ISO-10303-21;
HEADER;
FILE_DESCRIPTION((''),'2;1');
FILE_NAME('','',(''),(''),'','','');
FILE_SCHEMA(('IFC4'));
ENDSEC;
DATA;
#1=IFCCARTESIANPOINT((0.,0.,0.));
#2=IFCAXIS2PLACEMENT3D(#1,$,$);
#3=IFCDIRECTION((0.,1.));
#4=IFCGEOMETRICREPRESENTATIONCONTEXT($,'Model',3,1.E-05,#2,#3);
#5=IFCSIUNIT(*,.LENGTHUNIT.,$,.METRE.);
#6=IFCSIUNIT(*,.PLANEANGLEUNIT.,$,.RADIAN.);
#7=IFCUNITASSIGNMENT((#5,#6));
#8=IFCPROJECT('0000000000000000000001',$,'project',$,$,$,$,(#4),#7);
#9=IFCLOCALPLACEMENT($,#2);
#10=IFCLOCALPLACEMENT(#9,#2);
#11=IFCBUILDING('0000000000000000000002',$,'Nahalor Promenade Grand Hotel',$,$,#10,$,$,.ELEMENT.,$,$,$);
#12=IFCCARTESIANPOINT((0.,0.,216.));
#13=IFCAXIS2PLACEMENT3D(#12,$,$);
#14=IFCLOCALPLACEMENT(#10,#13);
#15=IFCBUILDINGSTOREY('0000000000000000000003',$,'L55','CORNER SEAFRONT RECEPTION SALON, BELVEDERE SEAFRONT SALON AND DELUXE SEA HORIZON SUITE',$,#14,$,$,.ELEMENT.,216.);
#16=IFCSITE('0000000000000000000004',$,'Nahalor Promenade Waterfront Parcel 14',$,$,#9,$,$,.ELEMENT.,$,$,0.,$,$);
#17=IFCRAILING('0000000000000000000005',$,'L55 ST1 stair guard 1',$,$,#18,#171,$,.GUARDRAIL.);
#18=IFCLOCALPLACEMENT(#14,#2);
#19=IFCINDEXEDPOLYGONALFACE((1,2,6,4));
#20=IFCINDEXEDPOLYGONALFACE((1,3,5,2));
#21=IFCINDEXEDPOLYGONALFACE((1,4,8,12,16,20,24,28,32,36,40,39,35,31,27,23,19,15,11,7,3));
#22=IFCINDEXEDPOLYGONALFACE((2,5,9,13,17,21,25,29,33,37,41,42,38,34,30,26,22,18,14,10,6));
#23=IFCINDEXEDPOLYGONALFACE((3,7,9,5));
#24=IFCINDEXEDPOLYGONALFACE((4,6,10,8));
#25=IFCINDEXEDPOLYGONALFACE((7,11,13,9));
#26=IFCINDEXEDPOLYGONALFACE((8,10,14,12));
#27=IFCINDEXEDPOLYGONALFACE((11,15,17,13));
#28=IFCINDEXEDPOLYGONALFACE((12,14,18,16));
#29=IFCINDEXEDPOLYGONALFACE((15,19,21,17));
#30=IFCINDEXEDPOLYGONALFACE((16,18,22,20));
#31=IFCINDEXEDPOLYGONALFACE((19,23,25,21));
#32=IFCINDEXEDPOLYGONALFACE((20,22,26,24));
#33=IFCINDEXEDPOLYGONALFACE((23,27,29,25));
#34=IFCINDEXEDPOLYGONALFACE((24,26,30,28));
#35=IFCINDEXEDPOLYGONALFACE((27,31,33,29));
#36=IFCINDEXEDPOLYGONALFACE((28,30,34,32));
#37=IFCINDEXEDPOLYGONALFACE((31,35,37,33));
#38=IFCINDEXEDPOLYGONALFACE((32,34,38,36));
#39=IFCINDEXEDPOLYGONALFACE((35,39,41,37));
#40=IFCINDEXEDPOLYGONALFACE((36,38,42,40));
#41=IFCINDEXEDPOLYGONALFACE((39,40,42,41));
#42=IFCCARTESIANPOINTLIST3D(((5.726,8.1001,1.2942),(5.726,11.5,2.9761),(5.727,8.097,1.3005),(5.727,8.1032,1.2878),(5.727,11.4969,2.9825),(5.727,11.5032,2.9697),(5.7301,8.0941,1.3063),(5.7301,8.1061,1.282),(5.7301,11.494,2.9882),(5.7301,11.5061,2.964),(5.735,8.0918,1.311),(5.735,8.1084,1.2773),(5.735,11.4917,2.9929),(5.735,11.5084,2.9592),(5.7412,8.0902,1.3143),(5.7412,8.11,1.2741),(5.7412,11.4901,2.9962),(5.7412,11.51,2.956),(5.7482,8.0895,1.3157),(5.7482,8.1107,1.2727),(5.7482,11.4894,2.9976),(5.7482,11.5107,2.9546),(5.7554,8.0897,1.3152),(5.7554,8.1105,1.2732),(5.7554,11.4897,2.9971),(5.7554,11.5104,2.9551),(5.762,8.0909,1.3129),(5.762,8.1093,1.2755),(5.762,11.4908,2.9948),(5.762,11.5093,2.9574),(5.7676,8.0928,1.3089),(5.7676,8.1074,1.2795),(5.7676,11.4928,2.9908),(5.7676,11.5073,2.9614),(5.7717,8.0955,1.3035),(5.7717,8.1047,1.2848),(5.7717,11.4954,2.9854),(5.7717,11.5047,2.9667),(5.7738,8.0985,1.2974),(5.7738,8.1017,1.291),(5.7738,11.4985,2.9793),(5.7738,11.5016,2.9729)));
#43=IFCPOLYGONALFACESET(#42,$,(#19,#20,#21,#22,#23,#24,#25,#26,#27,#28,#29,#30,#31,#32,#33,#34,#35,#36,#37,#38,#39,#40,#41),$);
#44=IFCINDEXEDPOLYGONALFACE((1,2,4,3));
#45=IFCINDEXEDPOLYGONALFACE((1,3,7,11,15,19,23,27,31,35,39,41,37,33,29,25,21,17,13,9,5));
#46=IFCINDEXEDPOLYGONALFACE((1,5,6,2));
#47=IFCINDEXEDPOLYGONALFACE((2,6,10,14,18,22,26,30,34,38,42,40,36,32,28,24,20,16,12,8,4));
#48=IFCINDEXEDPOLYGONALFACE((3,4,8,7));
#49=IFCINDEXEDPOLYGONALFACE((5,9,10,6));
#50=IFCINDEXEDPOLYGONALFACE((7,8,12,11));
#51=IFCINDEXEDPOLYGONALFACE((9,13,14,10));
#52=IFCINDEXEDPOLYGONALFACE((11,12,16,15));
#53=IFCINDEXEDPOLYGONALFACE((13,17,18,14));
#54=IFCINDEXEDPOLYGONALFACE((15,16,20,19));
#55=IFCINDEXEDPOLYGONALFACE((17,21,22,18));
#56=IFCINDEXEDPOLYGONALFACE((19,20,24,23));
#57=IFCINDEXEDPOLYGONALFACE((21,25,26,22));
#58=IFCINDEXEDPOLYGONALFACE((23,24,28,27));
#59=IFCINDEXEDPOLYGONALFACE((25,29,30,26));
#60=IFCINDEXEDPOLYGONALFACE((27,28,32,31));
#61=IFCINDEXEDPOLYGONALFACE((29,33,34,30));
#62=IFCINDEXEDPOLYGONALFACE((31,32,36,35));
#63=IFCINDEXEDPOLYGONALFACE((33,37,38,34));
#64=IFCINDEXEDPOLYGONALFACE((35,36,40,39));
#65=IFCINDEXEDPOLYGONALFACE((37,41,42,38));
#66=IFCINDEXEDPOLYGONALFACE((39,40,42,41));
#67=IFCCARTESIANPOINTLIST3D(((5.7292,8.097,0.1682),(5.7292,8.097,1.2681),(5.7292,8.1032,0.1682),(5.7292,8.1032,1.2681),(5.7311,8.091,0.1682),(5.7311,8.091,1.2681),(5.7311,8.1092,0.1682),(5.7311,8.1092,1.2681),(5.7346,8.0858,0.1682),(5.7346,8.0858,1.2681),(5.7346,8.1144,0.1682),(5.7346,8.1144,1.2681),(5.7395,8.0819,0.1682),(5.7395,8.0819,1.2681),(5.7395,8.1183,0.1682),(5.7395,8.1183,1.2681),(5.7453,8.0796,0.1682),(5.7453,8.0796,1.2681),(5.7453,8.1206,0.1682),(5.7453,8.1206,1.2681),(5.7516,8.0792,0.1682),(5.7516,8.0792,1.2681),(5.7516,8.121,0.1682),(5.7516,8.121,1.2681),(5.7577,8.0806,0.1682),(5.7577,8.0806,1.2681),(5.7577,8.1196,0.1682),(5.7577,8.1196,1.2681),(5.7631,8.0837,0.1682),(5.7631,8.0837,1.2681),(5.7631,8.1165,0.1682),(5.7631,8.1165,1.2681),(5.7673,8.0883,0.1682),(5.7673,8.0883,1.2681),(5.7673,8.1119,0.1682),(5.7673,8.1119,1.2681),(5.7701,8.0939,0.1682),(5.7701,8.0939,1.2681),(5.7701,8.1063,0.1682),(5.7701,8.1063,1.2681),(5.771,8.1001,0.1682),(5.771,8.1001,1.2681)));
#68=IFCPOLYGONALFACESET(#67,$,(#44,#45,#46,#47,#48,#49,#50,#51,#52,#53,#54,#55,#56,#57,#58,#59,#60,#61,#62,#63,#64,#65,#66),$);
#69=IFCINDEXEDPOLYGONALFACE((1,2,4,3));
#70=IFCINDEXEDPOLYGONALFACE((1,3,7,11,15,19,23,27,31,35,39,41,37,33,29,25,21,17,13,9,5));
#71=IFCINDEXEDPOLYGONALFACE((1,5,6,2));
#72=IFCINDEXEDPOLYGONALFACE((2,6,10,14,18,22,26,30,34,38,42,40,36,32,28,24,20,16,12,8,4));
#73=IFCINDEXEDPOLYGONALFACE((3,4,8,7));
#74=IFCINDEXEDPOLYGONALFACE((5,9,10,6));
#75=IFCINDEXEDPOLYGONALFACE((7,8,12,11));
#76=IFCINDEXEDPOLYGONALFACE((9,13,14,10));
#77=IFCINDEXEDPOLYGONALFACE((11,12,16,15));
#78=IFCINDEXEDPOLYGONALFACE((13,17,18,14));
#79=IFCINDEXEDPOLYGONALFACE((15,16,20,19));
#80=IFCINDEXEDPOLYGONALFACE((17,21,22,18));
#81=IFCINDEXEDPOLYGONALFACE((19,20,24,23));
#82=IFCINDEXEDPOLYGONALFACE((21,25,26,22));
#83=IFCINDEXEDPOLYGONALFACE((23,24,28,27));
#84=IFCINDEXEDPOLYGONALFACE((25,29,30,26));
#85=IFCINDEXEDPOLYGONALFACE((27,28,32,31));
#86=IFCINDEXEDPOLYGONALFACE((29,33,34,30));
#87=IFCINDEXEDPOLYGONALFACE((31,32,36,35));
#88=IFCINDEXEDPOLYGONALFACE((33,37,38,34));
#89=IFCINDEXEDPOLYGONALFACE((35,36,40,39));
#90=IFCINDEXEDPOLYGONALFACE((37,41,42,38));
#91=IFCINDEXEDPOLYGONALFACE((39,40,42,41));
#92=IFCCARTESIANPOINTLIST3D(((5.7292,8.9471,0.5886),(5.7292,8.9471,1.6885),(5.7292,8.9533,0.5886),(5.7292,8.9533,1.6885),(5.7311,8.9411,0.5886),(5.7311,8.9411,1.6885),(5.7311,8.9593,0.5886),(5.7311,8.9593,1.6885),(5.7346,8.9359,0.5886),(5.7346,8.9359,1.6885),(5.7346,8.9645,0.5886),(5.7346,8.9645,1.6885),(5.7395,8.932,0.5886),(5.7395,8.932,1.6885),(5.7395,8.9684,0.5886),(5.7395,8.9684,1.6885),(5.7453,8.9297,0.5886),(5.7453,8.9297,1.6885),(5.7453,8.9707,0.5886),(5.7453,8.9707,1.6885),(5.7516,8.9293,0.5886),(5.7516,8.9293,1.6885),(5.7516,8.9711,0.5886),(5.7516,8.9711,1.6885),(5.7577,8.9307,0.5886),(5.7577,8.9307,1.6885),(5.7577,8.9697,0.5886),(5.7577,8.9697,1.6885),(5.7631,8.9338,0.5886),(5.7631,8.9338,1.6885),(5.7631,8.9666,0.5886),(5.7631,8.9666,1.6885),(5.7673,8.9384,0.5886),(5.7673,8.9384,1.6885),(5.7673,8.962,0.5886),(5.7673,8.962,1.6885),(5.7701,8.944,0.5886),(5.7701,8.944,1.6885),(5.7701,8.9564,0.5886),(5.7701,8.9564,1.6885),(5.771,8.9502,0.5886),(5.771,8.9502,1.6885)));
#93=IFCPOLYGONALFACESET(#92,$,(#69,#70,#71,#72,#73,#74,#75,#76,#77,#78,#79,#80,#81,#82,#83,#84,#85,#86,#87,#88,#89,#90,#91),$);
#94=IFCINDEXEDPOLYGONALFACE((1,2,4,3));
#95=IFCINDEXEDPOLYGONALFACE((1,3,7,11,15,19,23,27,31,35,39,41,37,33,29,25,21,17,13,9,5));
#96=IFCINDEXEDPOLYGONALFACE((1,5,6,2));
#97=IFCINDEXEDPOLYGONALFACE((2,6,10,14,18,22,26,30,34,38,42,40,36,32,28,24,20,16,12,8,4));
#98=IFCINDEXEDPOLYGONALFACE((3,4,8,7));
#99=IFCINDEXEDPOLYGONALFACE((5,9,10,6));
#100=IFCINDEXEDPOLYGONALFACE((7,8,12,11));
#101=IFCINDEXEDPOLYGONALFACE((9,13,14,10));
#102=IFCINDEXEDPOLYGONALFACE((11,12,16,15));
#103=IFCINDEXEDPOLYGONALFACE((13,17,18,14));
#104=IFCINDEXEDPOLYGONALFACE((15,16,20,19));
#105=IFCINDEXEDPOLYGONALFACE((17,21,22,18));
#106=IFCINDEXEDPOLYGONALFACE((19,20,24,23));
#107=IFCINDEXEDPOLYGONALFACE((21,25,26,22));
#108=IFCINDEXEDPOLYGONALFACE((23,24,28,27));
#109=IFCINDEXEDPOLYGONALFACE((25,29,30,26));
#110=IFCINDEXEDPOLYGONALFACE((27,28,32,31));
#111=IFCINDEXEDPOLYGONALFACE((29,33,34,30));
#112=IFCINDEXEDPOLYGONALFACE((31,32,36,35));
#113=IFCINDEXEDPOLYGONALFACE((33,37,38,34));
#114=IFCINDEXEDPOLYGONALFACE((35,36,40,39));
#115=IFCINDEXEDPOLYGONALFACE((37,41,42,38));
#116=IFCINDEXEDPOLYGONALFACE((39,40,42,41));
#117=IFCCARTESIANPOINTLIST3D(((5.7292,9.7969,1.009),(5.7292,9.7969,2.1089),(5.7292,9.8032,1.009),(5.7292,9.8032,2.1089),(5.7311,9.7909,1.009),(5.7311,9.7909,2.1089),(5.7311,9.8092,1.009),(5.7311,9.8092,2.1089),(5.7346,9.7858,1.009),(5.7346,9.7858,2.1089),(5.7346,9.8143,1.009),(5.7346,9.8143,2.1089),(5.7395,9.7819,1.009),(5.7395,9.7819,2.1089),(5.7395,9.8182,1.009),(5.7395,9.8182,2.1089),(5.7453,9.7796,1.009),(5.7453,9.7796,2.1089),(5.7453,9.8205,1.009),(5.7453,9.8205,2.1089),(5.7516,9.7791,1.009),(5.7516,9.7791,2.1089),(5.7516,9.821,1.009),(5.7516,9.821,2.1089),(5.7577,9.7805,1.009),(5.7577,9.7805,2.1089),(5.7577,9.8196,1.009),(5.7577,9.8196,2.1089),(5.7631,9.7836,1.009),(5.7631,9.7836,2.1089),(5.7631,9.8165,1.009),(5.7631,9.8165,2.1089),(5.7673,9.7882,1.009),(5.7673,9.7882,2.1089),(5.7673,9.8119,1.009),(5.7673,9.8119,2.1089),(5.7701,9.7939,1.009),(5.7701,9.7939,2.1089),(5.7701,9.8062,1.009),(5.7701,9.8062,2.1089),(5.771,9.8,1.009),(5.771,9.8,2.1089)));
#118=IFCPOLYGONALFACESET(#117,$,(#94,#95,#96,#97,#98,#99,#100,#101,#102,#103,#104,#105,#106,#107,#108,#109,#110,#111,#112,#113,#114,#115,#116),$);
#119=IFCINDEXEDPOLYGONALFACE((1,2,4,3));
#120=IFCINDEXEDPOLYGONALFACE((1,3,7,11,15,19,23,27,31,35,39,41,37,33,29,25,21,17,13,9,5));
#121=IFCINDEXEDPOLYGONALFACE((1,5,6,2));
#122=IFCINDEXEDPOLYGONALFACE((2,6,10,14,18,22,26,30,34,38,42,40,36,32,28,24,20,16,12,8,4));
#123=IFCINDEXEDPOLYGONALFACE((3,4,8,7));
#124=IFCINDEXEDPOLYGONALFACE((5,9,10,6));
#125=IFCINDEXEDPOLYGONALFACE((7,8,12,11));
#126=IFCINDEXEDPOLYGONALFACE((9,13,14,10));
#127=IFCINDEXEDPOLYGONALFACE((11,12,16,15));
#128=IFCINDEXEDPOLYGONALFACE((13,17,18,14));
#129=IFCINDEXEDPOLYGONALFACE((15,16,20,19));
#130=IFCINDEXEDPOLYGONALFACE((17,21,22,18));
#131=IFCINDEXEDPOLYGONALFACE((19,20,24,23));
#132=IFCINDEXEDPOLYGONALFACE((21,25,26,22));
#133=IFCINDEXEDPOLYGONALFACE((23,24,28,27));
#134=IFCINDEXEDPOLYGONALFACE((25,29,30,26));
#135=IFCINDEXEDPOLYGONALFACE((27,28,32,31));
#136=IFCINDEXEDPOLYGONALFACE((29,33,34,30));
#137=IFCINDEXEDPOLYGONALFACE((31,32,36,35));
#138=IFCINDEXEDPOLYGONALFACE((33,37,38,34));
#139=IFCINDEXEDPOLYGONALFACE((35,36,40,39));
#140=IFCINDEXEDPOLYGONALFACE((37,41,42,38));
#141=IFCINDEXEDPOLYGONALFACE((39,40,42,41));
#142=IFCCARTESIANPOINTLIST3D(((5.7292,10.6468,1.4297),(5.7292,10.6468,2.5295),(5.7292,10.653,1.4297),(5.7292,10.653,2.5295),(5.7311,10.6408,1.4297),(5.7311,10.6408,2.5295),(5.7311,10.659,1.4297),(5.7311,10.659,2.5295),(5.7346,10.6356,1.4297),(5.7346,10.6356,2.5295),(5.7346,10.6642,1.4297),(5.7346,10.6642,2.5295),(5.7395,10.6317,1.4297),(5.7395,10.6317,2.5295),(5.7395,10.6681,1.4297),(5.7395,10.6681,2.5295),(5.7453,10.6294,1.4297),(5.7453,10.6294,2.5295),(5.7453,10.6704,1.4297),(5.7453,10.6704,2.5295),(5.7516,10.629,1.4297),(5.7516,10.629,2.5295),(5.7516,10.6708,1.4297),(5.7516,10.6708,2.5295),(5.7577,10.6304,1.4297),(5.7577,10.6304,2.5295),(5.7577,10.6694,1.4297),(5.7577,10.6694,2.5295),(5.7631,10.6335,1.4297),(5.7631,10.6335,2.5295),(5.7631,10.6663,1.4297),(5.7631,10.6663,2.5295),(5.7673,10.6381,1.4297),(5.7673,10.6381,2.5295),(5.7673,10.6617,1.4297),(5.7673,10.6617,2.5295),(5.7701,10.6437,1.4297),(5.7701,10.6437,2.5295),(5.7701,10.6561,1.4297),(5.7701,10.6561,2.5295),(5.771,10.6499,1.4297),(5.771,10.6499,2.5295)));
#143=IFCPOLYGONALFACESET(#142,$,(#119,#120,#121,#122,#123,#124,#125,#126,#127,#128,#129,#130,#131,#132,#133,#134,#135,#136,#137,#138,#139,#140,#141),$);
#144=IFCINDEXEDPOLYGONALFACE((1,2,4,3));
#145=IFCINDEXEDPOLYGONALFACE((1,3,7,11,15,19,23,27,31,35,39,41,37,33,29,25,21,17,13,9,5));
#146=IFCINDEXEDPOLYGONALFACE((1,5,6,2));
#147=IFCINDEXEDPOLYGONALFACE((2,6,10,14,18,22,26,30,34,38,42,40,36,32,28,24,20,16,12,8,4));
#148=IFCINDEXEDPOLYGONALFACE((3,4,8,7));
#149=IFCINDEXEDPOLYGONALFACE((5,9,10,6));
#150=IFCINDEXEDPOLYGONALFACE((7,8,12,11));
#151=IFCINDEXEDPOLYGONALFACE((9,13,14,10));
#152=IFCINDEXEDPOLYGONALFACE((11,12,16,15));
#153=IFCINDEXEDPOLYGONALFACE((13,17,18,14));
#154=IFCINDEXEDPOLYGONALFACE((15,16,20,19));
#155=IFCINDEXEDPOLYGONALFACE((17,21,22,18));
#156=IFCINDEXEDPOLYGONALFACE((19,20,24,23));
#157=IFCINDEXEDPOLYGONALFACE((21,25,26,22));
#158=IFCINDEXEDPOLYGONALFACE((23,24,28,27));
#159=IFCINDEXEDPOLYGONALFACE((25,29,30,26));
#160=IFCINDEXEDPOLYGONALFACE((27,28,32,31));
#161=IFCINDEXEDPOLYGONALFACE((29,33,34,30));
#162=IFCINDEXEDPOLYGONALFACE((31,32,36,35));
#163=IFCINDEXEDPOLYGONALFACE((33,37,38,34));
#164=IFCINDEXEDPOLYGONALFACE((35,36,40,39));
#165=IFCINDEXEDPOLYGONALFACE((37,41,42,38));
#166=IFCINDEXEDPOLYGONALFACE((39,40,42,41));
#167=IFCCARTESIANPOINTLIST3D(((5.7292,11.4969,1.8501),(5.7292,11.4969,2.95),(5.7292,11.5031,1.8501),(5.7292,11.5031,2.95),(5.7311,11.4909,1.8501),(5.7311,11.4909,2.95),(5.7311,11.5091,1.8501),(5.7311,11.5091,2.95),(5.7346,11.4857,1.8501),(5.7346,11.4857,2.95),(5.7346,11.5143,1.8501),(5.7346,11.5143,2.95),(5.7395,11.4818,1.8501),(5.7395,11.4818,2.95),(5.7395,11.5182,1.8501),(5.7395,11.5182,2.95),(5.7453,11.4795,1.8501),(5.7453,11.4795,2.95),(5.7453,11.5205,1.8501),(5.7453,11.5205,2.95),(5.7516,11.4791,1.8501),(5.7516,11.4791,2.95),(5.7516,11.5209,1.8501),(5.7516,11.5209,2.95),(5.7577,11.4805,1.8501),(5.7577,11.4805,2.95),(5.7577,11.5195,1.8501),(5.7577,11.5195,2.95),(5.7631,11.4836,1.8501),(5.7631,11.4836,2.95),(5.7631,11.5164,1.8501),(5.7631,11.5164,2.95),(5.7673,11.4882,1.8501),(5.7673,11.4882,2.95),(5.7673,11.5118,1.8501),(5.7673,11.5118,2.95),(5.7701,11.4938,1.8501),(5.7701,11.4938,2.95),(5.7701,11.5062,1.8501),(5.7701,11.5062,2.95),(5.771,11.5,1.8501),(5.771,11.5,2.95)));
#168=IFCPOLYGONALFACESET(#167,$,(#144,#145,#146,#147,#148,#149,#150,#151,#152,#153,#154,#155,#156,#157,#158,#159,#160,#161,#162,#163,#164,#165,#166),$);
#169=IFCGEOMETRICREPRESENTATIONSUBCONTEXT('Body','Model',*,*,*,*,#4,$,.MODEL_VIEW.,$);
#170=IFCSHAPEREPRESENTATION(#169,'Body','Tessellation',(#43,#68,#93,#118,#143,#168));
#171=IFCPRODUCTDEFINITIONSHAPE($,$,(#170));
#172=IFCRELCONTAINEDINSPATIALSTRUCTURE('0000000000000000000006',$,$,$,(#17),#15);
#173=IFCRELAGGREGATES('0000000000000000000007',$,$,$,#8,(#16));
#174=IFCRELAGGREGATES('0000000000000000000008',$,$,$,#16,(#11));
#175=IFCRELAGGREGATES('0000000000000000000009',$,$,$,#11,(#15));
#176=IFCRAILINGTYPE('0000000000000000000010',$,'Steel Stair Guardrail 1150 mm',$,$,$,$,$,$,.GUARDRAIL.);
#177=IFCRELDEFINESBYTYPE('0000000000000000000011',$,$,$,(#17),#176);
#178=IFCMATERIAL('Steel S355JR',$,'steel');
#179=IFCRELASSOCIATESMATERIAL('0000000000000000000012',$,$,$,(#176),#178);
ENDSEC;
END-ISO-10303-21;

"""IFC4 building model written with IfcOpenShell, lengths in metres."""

from ifc_helpers import new_model, si_unit, direction, frame, origin, origin_2d, place, context, subcontext, project, spatial, circle, extrude, material, type_object, element, save


model = new_model("IFC4")

# Units and contexts
model_context = context("Model", 3, precision=1e-05, world=origin(), true_north=direction((0.0, 1.0)))
body_context = subcontext(model_context, "Body", "Model", "MODEL_VIEW")
ifc_project = project(units=[si_unit("LENGTHUNIT", "METRE"), si_unit("PLANEANGLEUNIT", "RADIAN")], contexts=[model_context])

# Site, building, storey
site_placement = place(None, origin())
site = spatial("IfcSite", under=ifc_project, at=site_placement, Name="Nahalor Promenade Waterfront Parcel 14", CompositionType="ELEMENT", RefElevation=0.0)
building_placement = place(site_placement, origin())
building = spatial("IfcBuilding", under=site, at=building_placement, Name="Nahalor Promenade Grand Hotel", CompositionType="ELEMENT")
storey_placement = place(building_placement, frame((0.0, 0.0, 216.0)))
storey = spatial("IfcBuildingStorey", under=building, at=storey_placement, Name="L55", Description="CORNER SEAFRONT RECEPTION SALON, BELVEDERE SEAFRONT SALON AND DELUXE SEA HORIZON SUITE", CompositionType="ELEMENT", Elevation=216.0)

# Shared definitions
ifc_material_1 = material(Name="Steel S355JR", Category="steel")

# Railing
railing_type_1 = type_object("IfcRailingType", Name="Steel Stair Guardrail 1150 mm", PredefinedType="GUARDRAIL", material=ifc_material_1)
railing_1_placement = place(storey_placement, frame((5.75, 8.1001, 0.1682)))
element("IfcRailing", 1, at=railing_1_placement, inside=storey, type_object=railing_type_1, Name="L55 ST1 stair guard 1", PredefinedType="GUARDRAIL", context=body_context, shape_type="SweptSolid", body=[
    extrude(circle(Radius=0.024, at=origin_2d()), frame((0.0, 0.0, 1.126), z_axis=(0.0, 0.896324, 0.443399), x_axis=(-1.0, 0.0, 0.0)), (0.0, 0.0, 1.0), 3.7932),
    extrude(circle(Radius=0.021, at=origin_2d()), origin(), (0.0, 0.0, 1.0), 1.0999),
    extrude(circle(Radius=0.021, at=origin_2d()), frame((0.0, 0.8501, 0.4204)), (0.0, 0.0, 1.0), 1.0999),
    extrude(circle(Radius=0.021, at=origin_2d()), frame((0.0, 1.7, 0.8408)), (0.0, 0.0, 1.0), 1.0999),
    extrude(circle(Radius=0.021, at=origin_2d()), frame((0.0, 2.5498, 1.2615)), (0.0, 0.0, 1.0), 1.0999),
    extrude(circle(Radius=0.021, at=origin_2d()), frame((0.0, 3.3999, 1.6819)), (0.0, 0.0, 1.0), 1.0999),
])

save(model, "model.ifc")
